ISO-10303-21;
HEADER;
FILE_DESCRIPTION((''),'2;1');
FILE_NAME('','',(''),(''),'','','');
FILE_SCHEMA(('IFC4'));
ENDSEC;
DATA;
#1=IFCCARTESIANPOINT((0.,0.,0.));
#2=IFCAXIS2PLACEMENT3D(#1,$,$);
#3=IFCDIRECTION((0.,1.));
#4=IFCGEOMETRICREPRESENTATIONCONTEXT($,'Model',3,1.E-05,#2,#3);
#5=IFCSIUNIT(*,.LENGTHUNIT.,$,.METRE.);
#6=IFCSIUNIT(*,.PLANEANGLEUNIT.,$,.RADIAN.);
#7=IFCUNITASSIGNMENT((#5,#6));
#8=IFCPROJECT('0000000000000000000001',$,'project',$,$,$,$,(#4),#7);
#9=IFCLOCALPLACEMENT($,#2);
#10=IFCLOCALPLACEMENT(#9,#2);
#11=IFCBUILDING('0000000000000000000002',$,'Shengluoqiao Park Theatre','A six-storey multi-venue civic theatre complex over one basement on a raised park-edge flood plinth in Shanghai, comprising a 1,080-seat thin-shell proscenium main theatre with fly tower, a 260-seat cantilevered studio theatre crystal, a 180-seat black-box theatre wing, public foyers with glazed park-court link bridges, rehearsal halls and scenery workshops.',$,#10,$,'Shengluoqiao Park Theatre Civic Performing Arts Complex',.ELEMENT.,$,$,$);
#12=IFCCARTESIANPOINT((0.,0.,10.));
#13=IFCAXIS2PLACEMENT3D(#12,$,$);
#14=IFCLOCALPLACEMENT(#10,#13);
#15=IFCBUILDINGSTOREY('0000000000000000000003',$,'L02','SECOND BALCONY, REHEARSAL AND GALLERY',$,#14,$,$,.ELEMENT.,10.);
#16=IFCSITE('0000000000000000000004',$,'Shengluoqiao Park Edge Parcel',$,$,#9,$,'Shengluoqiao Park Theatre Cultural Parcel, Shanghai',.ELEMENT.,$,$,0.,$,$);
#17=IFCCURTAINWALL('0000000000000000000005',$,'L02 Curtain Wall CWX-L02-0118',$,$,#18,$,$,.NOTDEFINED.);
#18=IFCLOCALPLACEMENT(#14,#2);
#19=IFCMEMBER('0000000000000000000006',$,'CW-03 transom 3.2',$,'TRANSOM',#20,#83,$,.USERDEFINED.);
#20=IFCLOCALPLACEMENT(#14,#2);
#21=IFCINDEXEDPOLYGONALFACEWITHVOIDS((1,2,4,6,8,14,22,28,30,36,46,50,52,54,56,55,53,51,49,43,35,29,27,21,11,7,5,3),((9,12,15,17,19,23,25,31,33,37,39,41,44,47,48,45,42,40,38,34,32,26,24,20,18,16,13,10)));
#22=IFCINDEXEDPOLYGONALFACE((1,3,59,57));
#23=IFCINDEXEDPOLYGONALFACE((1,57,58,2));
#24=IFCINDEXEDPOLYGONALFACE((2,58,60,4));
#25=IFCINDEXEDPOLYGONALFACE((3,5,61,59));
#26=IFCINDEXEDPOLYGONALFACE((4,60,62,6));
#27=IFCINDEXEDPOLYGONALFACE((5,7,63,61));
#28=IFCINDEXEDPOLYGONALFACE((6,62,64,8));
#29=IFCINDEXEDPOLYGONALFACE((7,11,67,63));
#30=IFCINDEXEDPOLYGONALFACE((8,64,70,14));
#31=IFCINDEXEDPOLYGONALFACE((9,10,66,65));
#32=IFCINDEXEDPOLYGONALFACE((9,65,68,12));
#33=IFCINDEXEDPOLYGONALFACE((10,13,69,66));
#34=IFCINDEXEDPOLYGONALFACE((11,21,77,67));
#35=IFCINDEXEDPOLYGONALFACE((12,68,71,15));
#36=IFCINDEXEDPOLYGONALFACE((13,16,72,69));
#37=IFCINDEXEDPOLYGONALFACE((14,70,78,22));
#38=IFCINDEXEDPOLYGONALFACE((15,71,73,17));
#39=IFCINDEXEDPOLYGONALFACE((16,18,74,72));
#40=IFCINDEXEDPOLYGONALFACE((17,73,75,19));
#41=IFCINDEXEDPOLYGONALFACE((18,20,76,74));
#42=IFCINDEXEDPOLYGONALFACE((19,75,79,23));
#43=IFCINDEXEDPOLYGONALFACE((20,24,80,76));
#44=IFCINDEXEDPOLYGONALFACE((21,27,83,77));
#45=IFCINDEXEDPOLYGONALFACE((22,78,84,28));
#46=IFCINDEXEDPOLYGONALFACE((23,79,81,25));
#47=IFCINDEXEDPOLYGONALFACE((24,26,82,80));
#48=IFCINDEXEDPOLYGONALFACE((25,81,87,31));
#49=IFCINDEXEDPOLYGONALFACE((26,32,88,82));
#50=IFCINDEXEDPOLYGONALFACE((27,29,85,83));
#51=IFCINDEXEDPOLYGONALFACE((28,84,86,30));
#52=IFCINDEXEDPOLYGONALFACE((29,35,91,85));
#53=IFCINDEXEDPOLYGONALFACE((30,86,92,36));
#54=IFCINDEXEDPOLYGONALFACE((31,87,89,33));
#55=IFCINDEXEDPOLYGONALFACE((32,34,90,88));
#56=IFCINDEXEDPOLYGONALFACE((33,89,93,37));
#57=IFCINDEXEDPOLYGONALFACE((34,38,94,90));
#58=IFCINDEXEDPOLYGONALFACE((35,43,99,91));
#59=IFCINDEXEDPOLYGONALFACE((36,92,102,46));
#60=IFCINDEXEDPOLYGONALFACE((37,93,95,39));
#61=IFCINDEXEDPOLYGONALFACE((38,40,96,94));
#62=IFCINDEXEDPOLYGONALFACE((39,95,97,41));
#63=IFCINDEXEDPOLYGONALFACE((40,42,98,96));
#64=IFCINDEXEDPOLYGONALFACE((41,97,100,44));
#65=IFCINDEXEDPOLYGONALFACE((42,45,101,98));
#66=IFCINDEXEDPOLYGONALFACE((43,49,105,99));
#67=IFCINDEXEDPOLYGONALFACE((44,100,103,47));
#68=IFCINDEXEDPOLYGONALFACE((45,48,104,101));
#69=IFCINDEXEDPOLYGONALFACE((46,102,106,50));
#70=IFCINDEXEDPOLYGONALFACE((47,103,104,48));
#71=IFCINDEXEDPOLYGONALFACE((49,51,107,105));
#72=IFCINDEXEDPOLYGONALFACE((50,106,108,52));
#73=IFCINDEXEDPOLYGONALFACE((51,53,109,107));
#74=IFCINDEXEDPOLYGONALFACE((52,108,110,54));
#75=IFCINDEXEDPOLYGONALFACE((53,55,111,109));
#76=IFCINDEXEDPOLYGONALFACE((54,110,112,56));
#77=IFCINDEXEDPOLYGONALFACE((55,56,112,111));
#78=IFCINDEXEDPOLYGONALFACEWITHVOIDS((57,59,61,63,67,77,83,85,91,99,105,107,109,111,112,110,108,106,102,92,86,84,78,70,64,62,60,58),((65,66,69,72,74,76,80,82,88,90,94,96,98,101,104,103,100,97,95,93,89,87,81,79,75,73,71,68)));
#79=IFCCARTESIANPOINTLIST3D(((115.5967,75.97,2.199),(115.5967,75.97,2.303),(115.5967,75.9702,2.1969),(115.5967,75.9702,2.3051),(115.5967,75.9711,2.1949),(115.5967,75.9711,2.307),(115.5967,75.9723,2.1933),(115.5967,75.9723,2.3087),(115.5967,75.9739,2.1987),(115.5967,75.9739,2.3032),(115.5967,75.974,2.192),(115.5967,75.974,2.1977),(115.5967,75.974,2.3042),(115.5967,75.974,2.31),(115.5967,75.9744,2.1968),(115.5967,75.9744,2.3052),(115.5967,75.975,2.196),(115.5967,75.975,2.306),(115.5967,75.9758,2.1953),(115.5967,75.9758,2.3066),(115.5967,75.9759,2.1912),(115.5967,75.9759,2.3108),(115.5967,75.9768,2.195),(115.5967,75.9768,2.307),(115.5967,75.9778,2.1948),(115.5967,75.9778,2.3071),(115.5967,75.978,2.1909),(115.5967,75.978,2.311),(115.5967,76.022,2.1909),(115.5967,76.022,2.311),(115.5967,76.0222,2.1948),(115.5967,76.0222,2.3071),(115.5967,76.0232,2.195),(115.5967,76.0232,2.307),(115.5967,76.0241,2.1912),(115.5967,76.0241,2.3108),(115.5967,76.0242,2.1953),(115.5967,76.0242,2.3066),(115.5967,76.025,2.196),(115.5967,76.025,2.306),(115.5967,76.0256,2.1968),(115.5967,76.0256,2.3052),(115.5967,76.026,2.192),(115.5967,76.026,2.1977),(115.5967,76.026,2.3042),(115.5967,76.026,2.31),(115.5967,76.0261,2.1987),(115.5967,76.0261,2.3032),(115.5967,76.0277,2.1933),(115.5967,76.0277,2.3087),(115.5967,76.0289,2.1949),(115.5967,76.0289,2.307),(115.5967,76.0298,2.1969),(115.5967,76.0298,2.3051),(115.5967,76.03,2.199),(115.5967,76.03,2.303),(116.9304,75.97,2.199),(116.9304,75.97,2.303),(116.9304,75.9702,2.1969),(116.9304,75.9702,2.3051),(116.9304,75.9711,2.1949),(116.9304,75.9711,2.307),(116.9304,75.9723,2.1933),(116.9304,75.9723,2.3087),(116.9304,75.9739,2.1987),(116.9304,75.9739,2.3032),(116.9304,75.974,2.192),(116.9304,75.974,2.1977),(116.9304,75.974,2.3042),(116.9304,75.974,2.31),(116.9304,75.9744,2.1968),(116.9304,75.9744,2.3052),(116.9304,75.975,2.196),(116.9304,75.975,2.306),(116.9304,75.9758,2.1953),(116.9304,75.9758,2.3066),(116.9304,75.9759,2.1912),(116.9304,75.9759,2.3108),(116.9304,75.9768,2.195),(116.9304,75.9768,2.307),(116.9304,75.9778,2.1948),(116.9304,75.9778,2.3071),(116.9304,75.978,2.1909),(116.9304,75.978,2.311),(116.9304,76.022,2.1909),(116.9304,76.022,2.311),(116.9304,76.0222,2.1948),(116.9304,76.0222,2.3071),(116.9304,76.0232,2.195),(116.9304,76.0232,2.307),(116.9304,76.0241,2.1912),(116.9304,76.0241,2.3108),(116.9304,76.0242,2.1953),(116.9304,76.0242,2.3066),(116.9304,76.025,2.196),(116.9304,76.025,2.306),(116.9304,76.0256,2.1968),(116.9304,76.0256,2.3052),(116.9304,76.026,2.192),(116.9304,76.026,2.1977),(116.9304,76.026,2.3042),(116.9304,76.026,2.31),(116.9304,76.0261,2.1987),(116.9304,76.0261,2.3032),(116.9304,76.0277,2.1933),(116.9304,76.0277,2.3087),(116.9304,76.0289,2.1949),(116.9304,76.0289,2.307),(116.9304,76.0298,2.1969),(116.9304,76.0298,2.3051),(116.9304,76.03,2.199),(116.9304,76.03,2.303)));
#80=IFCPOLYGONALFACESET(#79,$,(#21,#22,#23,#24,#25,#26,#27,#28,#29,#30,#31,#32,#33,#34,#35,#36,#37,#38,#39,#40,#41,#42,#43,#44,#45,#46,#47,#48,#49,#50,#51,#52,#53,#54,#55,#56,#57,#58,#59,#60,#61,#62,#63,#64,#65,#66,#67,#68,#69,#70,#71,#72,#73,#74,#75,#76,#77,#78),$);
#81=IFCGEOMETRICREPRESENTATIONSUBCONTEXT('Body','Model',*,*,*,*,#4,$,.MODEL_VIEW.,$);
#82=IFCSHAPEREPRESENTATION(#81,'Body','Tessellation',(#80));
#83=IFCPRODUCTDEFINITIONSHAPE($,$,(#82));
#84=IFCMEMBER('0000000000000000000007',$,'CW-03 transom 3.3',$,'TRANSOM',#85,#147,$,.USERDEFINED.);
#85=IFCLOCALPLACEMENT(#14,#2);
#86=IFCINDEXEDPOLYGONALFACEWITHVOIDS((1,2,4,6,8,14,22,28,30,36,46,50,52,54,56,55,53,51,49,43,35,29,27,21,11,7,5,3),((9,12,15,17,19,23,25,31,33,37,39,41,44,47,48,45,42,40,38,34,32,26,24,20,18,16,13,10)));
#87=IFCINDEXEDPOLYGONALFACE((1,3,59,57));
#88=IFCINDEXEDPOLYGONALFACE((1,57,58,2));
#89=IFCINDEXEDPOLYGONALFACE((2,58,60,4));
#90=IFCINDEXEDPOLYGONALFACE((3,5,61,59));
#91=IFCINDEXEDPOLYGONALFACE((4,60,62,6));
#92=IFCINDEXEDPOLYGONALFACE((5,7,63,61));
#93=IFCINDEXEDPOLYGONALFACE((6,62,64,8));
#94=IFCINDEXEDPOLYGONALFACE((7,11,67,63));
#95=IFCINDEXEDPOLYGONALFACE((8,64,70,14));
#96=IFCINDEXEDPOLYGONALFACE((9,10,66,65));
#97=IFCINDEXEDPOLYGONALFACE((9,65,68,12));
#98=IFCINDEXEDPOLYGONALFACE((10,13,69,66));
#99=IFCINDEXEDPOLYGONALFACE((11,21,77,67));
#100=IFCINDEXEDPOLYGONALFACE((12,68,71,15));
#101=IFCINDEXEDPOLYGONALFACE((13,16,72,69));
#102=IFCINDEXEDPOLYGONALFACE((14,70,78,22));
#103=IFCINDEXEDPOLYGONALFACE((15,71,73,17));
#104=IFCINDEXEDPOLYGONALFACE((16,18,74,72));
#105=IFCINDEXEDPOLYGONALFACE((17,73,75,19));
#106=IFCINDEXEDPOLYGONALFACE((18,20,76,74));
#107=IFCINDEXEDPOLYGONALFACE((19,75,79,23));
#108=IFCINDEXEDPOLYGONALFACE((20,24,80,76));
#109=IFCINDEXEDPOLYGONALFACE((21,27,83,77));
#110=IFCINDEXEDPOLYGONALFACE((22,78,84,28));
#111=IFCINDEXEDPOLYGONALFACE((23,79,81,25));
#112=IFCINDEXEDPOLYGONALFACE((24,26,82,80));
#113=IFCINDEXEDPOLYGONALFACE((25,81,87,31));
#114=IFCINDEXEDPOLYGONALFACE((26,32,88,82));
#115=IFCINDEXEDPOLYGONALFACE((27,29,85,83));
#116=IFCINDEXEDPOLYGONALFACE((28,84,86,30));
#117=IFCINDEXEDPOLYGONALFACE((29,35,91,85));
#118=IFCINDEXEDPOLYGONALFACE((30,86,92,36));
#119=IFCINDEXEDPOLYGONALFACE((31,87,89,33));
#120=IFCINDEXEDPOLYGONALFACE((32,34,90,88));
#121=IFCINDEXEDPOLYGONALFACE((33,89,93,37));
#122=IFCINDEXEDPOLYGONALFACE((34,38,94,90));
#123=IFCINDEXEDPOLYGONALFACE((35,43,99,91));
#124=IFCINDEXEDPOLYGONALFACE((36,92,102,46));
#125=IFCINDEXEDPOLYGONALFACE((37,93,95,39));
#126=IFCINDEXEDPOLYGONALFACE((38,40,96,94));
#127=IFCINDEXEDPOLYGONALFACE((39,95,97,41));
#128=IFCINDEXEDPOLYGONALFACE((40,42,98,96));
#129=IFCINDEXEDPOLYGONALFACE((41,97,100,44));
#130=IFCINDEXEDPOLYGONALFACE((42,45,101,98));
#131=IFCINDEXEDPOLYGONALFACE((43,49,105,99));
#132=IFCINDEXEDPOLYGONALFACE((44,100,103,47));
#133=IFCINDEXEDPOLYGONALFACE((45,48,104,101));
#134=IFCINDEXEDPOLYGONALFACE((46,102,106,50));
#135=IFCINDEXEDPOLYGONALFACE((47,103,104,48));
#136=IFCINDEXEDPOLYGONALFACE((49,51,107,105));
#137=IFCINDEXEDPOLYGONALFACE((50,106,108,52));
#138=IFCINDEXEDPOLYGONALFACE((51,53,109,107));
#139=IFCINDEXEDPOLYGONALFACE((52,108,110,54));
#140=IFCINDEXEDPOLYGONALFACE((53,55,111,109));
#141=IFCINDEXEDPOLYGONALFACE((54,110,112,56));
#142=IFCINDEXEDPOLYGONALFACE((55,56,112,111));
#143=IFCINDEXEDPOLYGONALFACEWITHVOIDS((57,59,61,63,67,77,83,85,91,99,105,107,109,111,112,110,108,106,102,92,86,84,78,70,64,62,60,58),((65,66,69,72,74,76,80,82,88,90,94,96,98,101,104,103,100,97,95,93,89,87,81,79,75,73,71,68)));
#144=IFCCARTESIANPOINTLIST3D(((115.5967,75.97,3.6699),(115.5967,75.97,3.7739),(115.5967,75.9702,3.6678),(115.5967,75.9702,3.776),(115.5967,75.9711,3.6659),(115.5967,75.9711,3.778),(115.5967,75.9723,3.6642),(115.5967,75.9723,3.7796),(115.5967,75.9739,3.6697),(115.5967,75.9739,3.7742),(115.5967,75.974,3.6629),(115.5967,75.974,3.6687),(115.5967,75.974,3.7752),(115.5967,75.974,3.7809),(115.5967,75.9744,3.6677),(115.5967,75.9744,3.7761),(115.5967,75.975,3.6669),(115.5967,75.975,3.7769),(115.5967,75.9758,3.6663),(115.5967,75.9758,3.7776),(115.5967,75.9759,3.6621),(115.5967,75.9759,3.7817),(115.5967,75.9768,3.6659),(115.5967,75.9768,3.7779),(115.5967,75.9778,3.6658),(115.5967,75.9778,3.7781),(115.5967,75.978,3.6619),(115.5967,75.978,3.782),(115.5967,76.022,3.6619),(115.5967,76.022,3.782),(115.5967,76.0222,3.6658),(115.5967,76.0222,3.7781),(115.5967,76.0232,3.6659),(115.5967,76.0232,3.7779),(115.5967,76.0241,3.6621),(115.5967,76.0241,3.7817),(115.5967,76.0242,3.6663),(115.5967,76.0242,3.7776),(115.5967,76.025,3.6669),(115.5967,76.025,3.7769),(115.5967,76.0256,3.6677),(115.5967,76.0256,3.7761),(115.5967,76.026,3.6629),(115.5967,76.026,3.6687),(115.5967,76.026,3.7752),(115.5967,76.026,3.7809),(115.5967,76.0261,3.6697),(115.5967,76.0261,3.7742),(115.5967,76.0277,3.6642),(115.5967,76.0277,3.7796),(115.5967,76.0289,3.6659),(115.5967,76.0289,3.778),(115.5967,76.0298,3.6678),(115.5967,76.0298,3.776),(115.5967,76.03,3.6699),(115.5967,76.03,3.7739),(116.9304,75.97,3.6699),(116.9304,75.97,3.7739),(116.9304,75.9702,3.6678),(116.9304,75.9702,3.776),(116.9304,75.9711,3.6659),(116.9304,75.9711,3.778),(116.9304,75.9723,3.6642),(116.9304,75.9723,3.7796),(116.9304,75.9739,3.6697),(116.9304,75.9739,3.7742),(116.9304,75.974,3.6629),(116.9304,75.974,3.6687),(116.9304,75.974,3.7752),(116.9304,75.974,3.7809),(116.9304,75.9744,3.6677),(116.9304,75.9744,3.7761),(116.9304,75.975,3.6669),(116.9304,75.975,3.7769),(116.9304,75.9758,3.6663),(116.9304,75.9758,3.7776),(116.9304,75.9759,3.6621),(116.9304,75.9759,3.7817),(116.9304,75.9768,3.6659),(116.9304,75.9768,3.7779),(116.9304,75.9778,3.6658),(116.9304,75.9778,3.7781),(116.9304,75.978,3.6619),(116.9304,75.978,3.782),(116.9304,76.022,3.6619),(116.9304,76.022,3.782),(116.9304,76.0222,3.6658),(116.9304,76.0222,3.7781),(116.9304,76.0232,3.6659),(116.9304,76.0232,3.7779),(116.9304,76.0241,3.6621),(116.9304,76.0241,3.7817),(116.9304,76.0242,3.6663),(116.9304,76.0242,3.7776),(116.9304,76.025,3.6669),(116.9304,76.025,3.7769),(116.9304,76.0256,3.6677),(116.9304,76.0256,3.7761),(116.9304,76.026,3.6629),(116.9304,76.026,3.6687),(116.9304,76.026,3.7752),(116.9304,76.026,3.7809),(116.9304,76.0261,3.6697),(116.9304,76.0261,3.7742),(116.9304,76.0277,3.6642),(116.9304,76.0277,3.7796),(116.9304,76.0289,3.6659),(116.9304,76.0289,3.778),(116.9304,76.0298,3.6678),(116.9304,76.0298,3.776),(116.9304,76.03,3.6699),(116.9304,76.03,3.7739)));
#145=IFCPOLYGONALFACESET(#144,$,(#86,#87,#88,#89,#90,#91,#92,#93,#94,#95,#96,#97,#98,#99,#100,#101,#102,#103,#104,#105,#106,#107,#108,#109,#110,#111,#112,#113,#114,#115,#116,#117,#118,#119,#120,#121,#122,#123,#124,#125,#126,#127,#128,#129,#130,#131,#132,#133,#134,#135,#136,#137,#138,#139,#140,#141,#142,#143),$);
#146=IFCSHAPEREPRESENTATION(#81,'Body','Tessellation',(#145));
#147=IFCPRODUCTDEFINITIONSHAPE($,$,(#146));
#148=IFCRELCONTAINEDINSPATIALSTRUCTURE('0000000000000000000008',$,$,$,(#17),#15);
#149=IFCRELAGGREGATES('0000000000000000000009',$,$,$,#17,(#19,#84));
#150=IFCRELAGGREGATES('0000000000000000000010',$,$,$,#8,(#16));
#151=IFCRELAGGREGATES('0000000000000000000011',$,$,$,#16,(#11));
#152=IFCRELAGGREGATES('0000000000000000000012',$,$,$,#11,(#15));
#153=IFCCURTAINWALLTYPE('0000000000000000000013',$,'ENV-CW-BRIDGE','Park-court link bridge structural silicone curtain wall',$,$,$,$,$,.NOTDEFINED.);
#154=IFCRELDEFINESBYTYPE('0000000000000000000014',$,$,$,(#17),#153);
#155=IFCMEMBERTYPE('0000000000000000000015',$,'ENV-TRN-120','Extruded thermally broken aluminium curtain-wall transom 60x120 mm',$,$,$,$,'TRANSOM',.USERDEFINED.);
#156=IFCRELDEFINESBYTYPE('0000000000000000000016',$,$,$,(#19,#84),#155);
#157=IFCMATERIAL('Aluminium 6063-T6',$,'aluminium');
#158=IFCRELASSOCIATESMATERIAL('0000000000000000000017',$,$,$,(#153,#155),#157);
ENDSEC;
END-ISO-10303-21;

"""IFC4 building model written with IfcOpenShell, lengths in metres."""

from ifc_helpers import new_model, si_unit, direction, frame, origin, origin_2d, place, context, subcontext, project, spatial, hollow_rectangle, extrude, material, material_profile, profile_set, type_object, element, aggregate, save


model = new_model("IFC4")

# Units and contexts
model_context = context("Model", 3, precision=1e-05, world=origin(), true_north=direction((0.0, 1.0)))
body_context = subcontext(model_context, "Body", "Model", "MODEL_VIEW")
ifc_project = project(units=[si_unit("LENGTHUNIT", "METRE"), si_unit("PLANEANGLEUNIT", "RADIAN")], contexts=[model_context])

# Site, building, storey
site_placement = place(None, origin())
site = spatial("IfcSite", under=ifc_project, at=site_placement, Name="Shengluoqiao Park Edge Parcel", LongName="Shengluoqiao Park Theatre Cultural Parcel, Shanghai", CompositionType="ELEMENT", RefElevation=0.0)
building_placement = place(site_placement, origin())
building = spatial("IfcBuilding", under=site, at=building_placement, Name="Shengluoqiao Park Theatre", Description="A six-storey multi-venue civic theatre complex over one basement on a raised park-edge flood plinth in Shanghai, comprising a 1,080-seat thin-shell proscenium main theatre with fly tower, a 260-seat cantilevered studio theatre crystal, a 180-seat black-box theatre wing, public foyers with glazed park-court link bridges, rehearsal halls and scenery workshops.", LongName="Shengluoqiao Park Theatre Civic Performing Arts Complex", CompositionType="ELEMENT")
storey_placement = place(building_placement, frame((0.0, 0.0, 10.0)))
storey = spatial("IfcBuildingStorey", under=building, at=storey_placement, Name="L02", Description="SECOND BALCONY, REHEARSAL AND GALLERY", CompositionType="ELEMENT", Elevation=10.0)

# Curtain wall, members
ifc_material_1 = material(Name="Aluminium 6063-T6", Category="aluminium")
curtain_wall_type = type_object("IfcCurtainWallType", Name="ENV-CW-BRIDGE", Description="Park-court link bridge structural silicone curtain wall", PredefinedType="NOTDEFINED", material=ifc_material_1)
curtain_wall_placement = place(storey_placement, origin())
curtain_wall = element("IfcCurtainWall", 1, at=curtain_wall_placement, inside=storey, type_object=curtain_wall_type, Name="L02 Curtain Wall CWX-L02-0118", PredefinedType="NOTDEFINED")
ifc_material_profile_1 = material_profile(ifc_material_1, hollow_rectangle(XDim=0.0601, YDim=0.1201, WallThickness=0.0039, InnerFilletRadius=0.0039, OuterFilletRadius=0.0081, at=origin_2d()), Name="ALU TRANSOM 120x60x4")
ifc_profile_set_1 = profile_set([ifc_material_profile_1], Name="Aluminium 6063-T6")
member_type_1 = type_object("IfcMemberType", Name="ENV-TRN-120", Description="Extruded thermally broken aluminium curtain-wall transom 60x120 mm", ElementType="TRANSOM", PredefinedType="USERDEFINED", material=ifc_profile_set_1)
member_1_placement = place(storey_placement, frame((115.5967, 76.0, 2.251), z_axis=(1.0, 0.0, 0.0), x_axis=(0.0, 1.0, 0.0)))
member_1 = element("IfcMember", 2, at=member_1_placement, type_object=member_type_1, Name="CW-03 transom 3.2", ObjectType="TRANSOM", PredefinedType="USERDEFINED", context=body_context, shape_type="SweptSolid", body=[
    extrude(hollow_rectangle(XDim=0.0601, YDim=0.1201, WallThickness=0.0039, InnerFilletRadius=0.0039, OuterFilletRadius=0.0081, at=origin_2d()), origin(), (0.0, 0.0, 1.0), 1.3337),
])
member_2_placement = place(storey_placement, frame((115.5967, 76.0, 3.7219), z_axis=(1.0, 0.0, 0.0), x_axis=(0.0, 1.0, 0.0)))
member_2 = element("IfcMember", 3, at=member_2_placement, type_object=member_type_1, Name="CW-03 transom 3.3", ObjectType="TRANSOM", PredefinedType="USERDEFINED", context=body_context, shape_type="SweptSolid", body=[
    extrude(hollow_rectangle(XDim=0.0601, YDim=0.1201, WallThickness=0.0039, InnerFilletRadius=0.0039, OuterFilletRadius=0.0081, at=origin_2d()), origin(), (0.0, 0.0, 1.0), 1.3337),
])
aggregate(curtain_wall, [member_1, member_2])

save(model, "model.ifc")
